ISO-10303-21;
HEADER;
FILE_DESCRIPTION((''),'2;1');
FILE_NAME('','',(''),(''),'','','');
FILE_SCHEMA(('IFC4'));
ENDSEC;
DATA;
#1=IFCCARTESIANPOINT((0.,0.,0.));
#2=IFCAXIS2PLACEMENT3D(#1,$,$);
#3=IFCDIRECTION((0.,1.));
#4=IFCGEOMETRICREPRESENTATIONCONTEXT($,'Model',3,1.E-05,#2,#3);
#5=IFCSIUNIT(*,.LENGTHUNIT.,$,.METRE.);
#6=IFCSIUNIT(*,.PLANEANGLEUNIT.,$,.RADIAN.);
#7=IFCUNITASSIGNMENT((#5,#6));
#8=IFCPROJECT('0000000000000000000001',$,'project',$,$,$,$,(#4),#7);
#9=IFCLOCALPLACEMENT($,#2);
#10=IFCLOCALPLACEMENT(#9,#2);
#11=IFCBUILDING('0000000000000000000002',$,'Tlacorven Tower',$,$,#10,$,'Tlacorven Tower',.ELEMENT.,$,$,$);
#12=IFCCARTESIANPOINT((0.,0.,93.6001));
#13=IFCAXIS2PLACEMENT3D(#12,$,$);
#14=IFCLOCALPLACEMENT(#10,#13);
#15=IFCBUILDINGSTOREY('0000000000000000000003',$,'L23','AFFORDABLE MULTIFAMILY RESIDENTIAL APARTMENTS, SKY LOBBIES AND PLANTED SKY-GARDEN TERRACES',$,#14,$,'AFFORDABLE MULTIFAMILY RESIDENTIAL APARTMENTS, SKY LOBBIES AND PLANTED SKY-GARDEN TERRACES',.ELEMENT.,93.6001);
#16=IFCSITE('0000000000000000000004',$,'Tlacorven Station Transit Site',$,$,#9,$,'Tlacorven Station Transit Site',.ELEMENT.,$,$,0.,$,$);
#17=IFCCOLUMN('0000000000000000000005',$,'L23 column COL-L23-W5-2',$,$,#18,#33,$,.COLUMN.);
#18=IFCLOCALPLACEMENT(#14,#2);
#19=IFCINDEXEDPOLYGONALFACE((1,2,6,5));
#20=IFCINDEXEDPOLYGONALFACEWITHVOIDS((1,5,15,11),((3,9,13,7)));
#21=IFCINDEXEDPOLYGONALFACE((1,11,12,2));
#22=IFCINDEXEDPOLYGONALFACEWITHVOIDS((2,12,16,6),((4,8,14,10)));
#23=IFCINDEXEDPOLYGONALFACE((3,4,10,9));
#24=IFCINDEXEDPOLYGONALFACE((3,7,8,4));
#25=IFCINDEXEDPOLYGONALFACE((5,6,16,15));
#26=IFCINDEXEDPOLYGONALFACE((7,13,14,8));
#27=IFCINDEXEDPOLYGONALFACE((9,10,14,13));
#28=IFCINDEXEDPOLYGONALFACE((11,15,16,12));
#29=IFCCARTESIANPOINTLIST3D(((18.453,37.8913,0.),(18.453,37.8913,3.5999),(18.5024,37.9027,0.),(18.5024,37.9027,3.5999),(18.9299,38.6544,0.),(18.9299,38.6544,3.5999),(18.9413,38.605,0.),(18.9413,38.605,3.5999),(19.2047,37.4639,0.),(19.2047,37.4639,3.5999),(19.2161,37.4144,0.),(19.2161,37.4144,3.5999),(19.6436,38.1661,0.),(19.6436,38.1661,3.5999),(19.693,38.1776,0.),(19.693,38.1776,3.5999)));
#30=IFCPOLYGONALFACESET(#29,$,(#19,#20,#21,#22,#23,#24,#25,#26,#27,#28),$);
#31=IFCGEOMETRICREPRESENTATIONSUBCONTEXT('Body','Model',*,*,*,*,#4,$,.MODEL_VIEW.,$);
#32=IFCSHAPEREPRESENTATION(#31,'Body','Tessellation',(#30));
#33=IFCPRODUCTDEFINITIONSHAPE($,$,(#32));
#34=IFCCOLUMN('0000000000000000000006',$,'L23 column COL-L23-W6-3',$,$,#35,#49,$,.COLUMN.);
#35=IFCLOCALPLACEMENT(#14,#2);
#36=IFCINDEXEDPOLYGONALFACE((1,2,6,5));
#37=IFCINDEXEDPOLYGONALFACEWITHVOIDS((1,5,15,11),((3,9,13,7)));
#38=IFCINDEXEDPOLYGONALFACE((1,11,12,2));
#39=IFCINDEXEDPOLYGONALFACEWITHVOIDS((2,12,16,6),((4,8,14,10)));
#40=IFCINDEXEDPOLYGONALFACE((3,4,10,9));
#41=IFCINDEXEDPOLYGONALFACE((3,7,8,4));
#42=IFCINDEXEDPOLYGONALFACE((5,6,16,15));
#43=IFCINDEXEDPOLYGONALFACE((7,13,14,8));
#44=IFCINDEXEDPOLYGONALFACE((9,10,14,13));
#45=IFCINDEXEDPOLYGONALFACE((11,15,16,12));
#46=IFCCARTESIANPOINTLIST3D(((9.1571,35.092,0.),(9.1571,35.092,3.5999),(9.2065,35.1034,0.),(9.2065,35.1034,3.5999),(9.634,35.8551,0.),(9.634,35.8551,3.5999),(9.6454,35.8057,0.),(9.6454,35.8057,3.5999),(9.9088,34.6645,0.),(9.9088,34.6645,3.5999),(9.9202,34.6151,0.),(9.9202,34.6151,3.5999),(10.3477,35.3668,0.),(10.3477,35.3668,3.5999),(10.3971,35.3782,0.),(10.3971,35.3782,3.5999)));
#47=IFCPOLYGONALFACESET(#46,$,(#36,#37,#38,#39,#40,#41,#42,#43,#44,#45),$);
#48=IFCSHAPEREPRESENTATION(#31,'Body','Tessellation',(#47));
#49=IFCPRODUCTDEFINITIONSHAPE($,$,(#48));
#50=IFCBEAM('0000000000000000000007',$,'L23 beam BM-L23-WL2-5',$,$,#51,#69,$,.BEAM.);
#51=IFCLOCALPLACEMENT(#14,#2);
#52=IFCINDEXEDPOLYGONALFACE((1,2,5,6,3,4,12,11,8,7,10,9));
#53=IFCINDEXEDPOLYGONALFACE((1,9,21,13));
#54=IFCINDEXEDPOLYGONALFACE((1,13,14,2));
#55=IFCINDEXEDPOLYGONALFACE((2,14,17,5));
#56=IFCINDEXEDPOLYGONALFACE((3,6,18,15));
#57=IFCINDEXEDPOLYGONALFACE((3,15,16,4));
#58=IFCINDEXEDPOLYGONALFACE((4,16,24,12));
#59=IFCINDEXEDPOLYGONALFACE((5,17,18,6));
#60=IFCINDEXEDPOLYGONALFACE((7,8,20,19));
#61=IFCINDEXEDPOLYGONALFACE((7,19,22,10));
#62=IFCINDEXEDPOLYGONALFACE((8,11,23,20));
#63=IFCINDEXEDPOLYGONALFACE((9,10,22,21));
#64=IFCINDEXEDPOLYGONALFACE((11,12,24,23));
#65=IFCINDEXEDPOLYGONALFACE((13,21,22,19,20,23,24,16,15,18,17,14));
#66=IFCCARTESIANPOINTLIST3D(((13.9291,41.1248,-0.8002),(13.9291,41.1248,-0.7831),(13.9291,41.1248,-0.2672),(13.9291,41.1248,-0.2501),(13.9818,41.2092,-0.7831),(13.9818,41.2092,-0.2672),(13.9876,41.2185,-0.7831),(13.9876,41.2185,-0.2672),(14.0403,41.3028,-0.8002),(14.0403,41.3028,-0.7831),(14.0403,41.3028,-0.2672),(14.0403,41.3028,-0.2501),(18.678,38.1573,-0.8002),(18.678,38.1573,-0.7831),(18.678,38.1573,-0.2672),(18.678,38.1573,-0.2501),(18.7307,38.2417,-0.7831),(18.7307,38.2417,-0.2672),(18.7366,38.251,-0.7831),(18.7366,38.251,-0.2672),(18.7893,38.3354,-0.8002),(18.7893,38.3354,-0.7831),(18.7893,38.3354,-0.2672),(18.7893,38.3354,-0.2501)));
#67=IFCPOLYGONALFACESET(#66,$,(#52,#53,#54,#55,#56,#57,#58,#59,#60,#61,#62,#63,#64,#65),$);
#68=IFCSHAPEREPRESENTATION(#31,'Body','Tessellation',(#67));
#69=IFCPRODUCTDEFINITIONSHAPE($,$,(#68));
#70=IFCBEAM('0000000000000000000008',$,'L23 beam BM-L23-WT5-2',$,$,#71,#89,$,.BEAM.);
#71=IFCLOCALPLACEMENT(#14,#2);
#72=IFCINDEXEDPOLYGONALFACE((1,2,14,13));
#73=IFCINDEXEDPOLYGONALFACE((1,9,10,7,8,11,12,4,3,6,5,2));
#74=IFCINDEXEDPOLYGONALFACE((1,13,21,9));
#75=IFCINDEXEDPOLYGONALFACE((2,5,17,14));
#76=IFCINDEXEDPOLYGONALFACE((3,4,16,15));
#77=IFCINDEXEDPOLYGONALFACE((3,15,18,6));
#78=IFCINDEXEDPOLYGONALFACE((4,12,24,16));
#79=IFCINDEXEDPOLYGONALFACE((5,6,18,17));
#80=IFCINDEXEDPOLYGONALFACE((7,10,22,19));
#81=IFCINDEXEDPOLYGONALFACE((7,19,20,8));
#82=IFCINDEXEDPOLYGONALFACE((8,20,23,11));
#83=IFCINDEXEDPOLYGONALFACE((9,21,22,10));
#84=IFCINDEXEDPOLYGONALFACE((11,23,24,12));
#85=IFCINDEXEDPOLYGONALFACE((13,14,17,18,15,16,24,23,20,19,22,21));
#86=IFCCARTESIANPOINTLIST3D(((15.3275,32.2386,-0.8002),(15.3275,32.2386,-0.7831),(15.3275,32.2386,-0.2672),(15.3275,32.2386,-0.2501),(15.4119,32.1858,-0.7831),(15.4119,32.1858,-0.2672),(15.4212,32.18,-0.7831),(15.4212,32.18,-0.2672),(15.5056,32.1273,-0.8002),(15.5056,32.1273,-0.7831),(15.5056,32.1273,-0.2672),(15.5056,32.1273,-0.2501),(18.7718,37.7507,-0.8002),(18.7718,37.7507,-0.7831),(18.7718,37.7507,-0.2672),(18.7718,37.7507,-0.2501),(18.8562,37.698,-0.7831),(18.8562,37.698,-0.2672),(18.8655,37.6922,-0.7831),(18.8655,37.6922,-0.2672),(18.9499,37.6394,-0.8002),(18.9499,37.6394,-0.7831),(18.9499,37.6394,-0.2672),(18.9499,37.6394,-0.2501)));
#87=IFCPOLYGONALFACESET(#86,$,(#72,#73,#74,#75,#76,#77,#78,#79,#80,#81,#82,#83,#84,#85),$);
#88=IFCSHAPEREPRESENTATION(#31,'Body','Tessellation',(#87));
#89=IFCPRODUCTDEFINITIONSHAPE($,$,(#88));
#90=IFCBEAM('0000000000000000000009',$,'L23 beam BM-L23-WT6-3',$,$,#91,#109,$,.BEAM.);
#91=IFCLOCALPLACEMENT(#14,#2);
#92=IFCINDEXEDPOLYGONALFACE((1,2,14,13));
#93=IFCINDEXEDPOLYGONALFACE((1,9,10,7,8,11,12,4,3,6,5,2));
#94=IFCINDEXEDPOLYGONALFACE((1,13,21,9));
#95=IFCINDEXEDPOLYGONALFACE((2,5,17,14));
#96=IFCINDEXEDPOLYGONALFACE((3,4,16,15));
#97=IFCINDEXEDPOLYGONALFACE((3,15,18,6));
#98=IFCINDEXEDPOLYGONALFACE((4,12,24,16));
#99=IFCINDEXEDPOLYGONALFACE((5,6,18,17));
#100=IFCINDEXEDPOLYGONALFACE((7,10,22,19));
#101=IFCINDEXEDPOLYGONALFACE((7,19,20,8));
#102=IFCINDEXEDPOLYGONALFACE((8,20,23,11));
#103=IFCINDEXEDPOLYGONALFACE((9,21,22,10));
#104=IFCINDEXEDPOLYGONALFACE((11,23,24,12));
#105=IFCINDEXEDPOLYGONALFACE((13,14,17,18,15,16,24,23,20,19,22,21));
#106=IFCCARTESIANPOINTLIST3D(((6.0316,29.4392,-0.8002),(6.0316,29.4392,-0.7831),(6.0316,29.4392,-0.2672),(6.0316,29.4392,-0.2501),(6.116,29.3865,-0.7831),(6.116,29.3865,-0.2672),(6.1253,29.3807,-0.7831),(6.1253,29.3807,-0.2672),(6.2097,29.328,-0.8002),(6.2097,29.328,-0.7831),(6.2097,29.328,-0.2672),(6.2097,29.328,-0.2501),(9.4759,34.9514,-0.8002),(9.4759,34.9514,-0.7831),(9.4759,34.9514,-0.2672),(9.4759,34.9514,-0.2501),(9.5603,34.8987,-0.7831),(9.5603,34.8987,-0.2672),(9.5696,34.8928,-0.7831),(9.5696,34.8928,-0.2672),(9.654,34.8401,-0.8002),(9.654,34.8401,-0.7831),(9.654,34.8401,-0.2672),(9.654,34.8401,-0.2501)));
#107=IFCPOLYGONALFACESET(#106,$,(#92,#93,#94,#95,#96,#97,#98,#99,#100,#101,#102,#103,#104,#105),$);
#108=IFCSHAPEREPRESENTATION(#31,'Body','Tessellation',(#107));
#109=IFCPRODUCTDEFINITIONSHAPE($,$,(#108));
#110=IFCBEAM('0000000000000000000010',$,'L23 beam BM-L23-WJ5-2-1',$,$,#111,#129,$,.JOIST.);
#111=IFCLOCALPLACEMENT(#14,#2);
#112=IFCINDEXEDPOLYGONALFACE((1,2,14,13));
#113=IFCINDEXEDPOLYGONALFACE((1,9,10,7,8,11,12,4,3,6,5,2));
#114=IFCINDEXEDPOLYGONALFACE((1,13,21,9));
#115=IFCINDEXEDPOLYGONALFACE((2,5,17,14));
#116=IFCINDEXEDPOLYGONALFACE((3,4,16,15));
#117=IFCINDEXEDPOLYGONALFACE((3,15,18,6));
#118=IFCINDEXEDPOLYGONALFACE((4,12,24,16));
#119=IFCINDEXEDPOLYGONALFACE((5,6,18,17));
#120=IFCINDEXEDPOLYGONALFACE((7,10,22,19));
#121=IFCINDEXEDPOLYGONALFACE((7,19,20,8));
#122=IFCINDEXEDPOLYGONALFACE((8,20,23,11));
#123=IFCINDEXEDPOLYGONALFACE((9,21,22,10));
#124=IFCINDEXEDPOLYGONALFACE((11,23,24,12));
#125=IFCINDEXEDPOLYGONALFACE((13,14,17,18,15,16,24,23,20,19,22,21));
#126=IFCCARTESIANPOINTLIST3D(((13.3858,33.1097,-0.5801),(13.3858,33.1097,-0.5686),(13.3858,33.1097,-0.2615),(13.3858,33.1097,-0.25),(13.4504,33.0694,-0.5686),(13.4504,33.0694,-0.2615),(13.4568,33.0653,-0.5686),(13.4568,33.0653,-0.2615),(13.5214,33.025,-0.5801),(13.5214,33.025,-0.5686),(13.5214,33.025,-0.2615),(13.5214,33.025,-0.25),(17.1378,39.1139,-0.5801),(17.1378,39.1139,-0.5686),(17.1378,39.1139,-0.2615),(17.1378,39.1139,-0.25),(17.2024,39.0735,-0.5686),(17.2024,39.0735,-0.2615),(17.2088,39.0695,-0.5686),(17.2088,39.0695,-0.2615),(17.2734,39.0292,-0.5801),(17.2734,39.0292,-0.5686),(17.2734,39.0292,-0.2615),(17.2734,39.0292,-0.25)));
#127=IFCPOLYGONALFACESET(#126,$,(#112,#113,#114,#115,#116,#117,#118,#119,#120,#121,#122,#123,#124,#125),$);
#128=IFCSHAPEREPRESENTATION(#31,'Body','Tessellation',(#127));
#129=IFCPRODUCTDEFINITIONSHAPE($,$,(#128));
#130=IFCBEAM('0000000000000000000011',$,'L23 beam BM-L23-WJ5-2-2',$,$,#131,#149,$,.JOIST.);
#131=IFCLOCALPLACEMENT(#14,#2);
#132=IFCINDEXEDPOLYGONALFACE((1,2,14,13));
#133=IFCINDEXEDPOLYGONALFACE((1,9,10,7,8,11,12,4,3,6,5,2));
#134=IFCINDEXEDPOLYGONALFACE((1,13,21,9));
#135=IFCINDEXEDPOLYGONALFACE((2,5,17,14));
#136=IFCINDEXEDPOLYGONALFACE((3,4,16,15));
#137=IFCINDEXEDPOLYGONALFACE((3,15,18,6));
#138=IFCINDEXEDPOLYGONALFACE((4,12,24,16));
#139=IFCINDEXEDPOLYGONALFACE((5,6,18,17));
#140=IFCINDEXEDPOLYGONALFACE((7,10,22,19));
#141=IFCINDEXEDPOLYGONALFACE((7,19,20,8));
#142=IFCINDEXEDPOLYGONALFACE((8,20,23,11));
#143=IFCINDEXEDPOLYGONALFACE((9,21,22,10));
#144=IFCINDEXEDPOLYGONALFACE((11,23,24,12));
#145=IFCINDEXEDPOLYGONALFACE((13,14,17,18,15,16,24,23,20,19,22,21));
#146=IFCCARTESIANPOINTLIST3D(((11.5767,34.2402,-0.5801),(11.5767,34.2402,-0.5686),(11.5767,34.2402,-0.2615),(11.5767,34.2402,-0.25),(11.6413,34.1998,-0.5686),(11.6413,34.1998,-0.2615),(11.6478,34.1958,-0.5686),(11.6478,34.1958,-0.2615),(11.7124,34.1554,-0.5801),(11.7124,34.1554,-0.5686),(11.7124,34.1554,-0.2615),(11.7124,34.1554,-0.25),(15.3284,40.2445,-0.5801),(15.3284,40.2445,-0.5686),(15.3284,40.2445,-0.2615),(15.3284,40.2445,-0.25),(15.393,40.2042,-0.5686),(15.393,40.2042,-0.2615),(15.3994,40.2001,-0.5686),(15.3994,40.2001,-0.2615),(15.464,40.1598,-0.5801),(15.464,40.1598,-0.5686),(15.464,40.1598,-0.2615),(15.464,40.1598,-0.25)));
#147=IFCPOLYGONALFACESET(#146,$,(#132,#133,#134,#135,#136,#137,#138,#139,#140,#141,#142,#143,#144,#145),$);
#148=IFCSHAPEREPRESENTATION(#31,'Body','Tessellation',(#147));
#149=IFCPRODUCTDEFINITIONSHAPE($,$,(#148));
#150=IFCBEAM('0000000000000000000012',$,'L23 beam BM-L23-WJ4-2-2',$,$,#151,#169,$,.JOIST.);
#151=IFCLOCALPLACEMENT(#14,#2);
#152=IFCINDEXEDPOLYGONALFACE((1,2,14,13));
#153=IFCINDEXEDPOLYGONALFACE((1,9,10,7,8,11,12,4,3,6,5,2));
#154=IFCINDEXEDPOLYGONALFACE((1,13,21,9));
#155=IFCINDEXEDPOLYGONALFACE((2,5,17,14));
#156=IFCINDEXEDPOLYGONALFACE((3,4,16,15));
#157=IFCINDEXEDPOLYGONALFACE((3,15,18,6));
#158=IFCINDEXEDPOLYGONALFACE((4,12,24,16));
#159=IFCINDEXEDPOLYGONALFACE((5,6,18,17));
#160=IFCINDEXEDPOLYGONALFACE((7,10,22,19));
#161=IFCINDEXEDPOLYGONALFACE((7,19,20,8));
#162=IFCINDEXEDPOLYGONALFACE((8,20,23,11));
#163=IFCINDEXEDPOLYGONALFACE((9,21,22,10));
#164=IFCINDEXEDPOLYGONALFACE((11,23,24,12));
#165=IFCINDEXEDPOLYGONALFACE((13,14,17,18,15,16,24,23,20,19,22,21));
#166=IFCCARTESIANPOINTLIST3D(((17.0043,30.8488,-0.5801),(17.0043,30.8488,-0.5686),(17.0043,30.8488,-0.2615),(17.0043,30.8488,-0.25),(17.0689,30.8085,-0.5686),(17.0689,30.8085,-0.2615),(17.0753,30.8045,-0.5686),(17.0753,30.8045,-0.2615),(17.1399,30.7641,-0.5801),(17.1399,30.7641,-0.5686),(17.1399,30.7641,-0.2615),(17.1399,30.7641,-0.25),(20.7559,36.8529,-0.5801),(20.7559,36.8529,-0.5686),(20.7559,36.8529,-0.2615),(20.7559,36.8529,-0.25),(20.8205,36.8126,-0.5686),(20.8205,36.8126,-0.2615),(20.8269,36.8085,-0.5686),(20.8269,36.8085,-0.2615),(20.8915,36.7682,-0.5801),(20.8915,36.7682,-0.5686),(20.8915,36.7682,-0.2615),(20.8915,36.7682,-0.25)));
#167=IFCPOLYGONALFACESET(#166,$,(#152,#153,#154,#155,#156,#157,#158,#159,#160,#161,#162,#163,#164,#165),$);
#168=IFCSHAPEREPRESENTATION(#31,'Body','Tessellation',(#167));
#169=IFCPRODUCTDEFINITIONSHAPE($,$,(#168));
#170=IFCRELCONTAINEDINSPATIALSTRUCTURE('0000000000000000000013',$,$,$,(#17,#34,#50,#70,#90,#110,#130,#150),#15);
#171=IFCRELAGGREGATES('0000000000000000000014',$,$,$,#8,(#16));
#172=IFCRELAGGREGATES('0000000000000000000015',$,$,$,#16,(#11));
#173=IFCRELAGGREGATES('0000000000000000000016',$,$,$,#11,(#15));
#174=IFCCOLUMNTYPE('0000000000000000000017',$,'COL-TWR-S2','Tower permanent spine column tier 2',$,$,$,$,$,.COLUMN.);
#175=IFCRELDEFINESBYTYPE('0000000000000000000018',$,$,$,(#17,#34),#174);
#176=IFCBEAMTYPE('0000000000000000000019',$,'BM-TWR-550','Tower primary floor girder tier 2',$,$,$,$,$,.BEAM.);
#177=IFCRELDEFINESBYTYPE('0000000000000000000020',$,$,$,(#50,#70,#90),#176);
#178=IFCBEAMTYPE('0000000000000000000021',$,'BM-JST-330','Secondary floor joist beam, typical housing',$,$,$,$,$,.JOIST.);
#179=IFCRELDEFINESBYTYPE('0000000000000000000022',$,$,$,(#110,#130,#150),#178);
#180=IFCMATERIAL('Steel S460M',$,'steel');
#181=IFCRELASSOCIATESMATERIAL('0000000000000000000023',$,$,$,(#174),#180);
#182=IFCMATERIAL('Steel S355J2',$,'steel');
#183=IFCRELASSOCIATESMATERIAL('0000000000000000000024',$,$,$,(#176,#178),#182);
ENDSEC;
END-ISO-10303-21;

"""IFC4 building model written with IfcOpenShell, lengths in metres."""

from ifc_helpers import new_model, si_unit, direction, frame, origin, origin_2d, place, context, subcontext, project, spatial, hollow_rectangle, i_section, extrude, source, transform, mapped, material, material_profile, profile_set, type_object, element, save


model = new_model("IFC4")

# Units and contexts
model_context = context("Model", 3, precision=1e-05, world=origin(), true_north=direction((0.0, 1.0)))
body_context = subcontext(model_context, "Body", "Model", "MODEL_VIEW")
ifc_project = project(units=[si_unit("LENGTHUNIT", "METRE"), si_unit("PLANEANGLEUNIT", "RADIAN")], contexts=[model_context])

# Site, building, storey
site_placement = place(None, origin())
site = spatial("IfcSite", under=ifc_project, at=site_placement, Name="Tlacorven Station Transit Site", LongName="Tlacorven Station Transit Site", CompositionType="ELEMENT", RefElevation=0.0)
building_placement = place(site_placement, origin())
building = spatial("IfcBuilding", under=site, at=building_placement, Name="Tlacorven Tower", LongName="Tlacorven Tower", CompositionType="ELEMENT")
storey_placement = place(building_placement, frame((0.0, 0.0, 93.6001)))
storey = spatial("IfcBuildingStorey", under=building, at=storey_placement, Name="L23", Description="AFFORDABLE MULTIFAMILY RESIDENTIAL APARTMENTS, SKY LOBBIES AND PLANTED SKY-GARDEN TERRACES", LongName="AFFORDABLE MULTIFAMILY RESIDENTIAL APARTMENTS, SKY LOBBIES AND PLANTED SKY-GARDEN TERRACES", CompositionType="ELEMENT", Elevation=93.6001)

# Columns
ifc_material_1 = material(Name="Steel S460M", Category="steel")
ifc_material_profile_1 = material_profile(ifc_material_1, hollow_rectangle(XDim=0.8999, YDim=0.8999, WallThickness=0.0359, at=origin_2d()), Name="BOX 900X900X36")
ifc_profile_set_1 = profile_set([ifc_material_profile_1], Name="Steel S460M")
column_type = type_object("IfcColumnType", Name="COL-TWR-S2", Description="Tower permanent spine column tier 2", PredefinedType="COLUMN", material=ifc_profile_set_1)
shared_shape_1 = source(origin(), body_context, "Body", "SweptSolid", [
    extrude(hollow_rectangle(XDim=0.8999, YDim=0.8999, WallThickness=0.0359, at=origin_2d()), origin(), (0.0, 0.0, 1.0), 3.5999),
])
for number, where, z_axis, x_axis, name in (
    (1, (19.073, 38.0344, 0.0), (0.0, 0.0, 1.0), (-0.848048, 0.529919, 0.0), "L23 column COL-L23-W5-2"),
    (2, (9.7771, 35.2351, 0.0), (0.0, 0.0, 1.0), (-0.848048, 0.529919, 0.0), "L23 column COL-L23-W6-3"),
):
    element("IfcColumn", number, at=place(storey_placement, frame(where, z_axis=z_axis, x_axis=x_axis)), inside=storey, type_object=column_type, Name=name, PredefinedType="COLUMN", context=body_context, shape_type="MappedRepresentation", body=[
        mapped(shared_shape_1, transform((0.0, 0.0, 0.0), scale=1.0)),
    ])

# Beams
ifc_material_2 = material(Name="Steel S355J2", Category="steel")
ifc_material_profile_2 = material_profile(ifc_material_2, i_section(OverallWidth=0.21, OverallDepth=0.55, WebThickness=0.011, FlangeThickness=0.0171, at=origin_2d()), Name="IPE 550")
ifc_profile_set_2 = profile_set([ifc_material_profile_2], Name="Steel S355J2")
beam_type_1 = type_object("IfcBeamType", Name="BM-TWR-550", Description="Tower primary floor girder tier 2", PredefinedType="BEAM", material=ifc_profile_set_2)
shared_shape_2 = source(origin(), body_context, "Body", "SweptSolid", [
    extrude(i_section(OverallWidth=0.21, OverallDepth=0.55, WebThickness=0.011, FlangeThickness=0.0171, at=origin_2d()), origin(), (0.0, 0.0, 1.0), 5.5999),
])
beam_1_placement = place(storey_placement, frame((18.7336, 38.2463, -0.5251), z_axis=(-0.848047, 0.529921, 0.0), x_axis=(-0.529921, -0.848047, 0.0)))
element("IfcBeam", 3, at=beam_1_placement, inside=storey, type_object=beam_type_1, Name="L23 beam BM-L23-WL2-5", PredefinedType="BEAM", context=body_context, shape_type="MappedRepresentation", body=[
    mapped(shared_shape_2, transform((0.0, 0.0, 0.0), scale=1.0)),
])
shared_shape_3 = source(origin(), body_context, "Body", "SweptSolid", [
    extrude(i_section(OverallWidth=0.21, OverallDepth=0.55, WebThickness=0.011, FlangeThickness=0.0171, at=origin_2d()), origin(), (0.0, 0.0, 1.0), 6.4998),
])
for number, where, z_axis, x_axis, name in (
    (4, (18.8608, 37.6951, -0.5251), (-0.529911, -0.848053, 0.0), (0.848053, -0.529911, 0.0), "L23 beam BM-L23-WT5-2"),
    (5, (9.5649, 34.8958, -0.5251), (-0.529911, -0.848053, 0.0), (0.848053, -0.529911, 0.0), "L23 beam BM-L23-WT6-3"),
):
    element("IfcBeam", number, at=place(storey_placement, frame(where, z_axis=z_axis, x_axis=x_axis)), inside=storey, type_object=beam_type_1, Name=name, PredefinedType="BEAM", context=body_context, shape_type="MappedRepresentation", body=[
        mapped(shared_shape_3, transform((0.0, 0.0, 0.0), scale=1.0)),
    ])
ifc_material_profile_3 = material_profile(ifc_material_2, i_section(OverallWidth=0.1599, OverallDepth=0.3301, WebThickness=0.0076, FlangeThickness=0.0115, at=origin_2d()), Name="IPE 330")
ifc_profile_set_3 = profile_set([ifc_material_profile_3], Name="Steel S355J2")
beam_type_2 = type_object("IfcBeamType", Name="BM-JST-330", Description="Secondary floor joist beam, typical housing", PredefinedType="JOIST", material=ifc_profile_set_3)
shared_shape_4 = source(origin(), body_context, "Body", "SweptSolid", [
    extrude(i_section(OverallWidth=0.1599, OverallDepth=0.3301, WebThickness=0.0076, FlangeThickness=0.0115, at=origin_2d()), origin(), (0.0, 0.0, 1.0), 7.0801),
])
for number, where, z_axis, x_axis, name in (
    (6, (17.2056, 39.0715, -0.415), (-0.529934, -0.848039, 0.0), (0.848039, -0.529934, 0.0), "L23 beam BM-L23-WJ5-2-1"),
    (7, (15.3962, 40.2021, -0.415), (-0.529894, -0.848064, 0.0), (0.848064, -0.529894, 0.0), "L23 beam BM-L23-WJ5-2-2"),
):
    element("IfcBeam", number, at=place(storey_placement, frame(where, z_axis=z_axis, x_axis=x_axis)), inside=storey, type_object=beam_type_2, Name=name, PredefinedType="JOIST", context=body_context, shape_type="MappedRepresentation", body=[
        mapped(shared_shape_4, transform((0.0, 0.0, 0.0), scale=1.0)),
    ])
shared_shape_5 = source(origin(), body_context, "Body", "SweptSolid", [
    extrude(i_section(OverallWidth=0.1599, OverallDepth=0.3301, WebThickness=0.0076, FlangeThickness=0.0115, at=origin_2d()), origin(), (0.0, 0.0, 1.0), 7.0798),
])
beam_2_placement = place(storey_placement, frame((20.8237, 36.8105, -0.415), z_axis=(-0.529909, -0.848054, 0.0), x_axis=(0.848054, -0.529909, 0.0)))
element("IfcBeam", 8, at=beam_2_placement, inside=storey, type_object=beam_type_2, Name="L23 beam BM-L23-WJ4-2-2", PredefinedType="JOIST", context=body_context, shape_type="MappedRepresentation", body=[
    mapped(shared_shape_5, transform((0.0, 0.0, 0.0), scale=1.0)),
])

save(model, "model.ifc")
